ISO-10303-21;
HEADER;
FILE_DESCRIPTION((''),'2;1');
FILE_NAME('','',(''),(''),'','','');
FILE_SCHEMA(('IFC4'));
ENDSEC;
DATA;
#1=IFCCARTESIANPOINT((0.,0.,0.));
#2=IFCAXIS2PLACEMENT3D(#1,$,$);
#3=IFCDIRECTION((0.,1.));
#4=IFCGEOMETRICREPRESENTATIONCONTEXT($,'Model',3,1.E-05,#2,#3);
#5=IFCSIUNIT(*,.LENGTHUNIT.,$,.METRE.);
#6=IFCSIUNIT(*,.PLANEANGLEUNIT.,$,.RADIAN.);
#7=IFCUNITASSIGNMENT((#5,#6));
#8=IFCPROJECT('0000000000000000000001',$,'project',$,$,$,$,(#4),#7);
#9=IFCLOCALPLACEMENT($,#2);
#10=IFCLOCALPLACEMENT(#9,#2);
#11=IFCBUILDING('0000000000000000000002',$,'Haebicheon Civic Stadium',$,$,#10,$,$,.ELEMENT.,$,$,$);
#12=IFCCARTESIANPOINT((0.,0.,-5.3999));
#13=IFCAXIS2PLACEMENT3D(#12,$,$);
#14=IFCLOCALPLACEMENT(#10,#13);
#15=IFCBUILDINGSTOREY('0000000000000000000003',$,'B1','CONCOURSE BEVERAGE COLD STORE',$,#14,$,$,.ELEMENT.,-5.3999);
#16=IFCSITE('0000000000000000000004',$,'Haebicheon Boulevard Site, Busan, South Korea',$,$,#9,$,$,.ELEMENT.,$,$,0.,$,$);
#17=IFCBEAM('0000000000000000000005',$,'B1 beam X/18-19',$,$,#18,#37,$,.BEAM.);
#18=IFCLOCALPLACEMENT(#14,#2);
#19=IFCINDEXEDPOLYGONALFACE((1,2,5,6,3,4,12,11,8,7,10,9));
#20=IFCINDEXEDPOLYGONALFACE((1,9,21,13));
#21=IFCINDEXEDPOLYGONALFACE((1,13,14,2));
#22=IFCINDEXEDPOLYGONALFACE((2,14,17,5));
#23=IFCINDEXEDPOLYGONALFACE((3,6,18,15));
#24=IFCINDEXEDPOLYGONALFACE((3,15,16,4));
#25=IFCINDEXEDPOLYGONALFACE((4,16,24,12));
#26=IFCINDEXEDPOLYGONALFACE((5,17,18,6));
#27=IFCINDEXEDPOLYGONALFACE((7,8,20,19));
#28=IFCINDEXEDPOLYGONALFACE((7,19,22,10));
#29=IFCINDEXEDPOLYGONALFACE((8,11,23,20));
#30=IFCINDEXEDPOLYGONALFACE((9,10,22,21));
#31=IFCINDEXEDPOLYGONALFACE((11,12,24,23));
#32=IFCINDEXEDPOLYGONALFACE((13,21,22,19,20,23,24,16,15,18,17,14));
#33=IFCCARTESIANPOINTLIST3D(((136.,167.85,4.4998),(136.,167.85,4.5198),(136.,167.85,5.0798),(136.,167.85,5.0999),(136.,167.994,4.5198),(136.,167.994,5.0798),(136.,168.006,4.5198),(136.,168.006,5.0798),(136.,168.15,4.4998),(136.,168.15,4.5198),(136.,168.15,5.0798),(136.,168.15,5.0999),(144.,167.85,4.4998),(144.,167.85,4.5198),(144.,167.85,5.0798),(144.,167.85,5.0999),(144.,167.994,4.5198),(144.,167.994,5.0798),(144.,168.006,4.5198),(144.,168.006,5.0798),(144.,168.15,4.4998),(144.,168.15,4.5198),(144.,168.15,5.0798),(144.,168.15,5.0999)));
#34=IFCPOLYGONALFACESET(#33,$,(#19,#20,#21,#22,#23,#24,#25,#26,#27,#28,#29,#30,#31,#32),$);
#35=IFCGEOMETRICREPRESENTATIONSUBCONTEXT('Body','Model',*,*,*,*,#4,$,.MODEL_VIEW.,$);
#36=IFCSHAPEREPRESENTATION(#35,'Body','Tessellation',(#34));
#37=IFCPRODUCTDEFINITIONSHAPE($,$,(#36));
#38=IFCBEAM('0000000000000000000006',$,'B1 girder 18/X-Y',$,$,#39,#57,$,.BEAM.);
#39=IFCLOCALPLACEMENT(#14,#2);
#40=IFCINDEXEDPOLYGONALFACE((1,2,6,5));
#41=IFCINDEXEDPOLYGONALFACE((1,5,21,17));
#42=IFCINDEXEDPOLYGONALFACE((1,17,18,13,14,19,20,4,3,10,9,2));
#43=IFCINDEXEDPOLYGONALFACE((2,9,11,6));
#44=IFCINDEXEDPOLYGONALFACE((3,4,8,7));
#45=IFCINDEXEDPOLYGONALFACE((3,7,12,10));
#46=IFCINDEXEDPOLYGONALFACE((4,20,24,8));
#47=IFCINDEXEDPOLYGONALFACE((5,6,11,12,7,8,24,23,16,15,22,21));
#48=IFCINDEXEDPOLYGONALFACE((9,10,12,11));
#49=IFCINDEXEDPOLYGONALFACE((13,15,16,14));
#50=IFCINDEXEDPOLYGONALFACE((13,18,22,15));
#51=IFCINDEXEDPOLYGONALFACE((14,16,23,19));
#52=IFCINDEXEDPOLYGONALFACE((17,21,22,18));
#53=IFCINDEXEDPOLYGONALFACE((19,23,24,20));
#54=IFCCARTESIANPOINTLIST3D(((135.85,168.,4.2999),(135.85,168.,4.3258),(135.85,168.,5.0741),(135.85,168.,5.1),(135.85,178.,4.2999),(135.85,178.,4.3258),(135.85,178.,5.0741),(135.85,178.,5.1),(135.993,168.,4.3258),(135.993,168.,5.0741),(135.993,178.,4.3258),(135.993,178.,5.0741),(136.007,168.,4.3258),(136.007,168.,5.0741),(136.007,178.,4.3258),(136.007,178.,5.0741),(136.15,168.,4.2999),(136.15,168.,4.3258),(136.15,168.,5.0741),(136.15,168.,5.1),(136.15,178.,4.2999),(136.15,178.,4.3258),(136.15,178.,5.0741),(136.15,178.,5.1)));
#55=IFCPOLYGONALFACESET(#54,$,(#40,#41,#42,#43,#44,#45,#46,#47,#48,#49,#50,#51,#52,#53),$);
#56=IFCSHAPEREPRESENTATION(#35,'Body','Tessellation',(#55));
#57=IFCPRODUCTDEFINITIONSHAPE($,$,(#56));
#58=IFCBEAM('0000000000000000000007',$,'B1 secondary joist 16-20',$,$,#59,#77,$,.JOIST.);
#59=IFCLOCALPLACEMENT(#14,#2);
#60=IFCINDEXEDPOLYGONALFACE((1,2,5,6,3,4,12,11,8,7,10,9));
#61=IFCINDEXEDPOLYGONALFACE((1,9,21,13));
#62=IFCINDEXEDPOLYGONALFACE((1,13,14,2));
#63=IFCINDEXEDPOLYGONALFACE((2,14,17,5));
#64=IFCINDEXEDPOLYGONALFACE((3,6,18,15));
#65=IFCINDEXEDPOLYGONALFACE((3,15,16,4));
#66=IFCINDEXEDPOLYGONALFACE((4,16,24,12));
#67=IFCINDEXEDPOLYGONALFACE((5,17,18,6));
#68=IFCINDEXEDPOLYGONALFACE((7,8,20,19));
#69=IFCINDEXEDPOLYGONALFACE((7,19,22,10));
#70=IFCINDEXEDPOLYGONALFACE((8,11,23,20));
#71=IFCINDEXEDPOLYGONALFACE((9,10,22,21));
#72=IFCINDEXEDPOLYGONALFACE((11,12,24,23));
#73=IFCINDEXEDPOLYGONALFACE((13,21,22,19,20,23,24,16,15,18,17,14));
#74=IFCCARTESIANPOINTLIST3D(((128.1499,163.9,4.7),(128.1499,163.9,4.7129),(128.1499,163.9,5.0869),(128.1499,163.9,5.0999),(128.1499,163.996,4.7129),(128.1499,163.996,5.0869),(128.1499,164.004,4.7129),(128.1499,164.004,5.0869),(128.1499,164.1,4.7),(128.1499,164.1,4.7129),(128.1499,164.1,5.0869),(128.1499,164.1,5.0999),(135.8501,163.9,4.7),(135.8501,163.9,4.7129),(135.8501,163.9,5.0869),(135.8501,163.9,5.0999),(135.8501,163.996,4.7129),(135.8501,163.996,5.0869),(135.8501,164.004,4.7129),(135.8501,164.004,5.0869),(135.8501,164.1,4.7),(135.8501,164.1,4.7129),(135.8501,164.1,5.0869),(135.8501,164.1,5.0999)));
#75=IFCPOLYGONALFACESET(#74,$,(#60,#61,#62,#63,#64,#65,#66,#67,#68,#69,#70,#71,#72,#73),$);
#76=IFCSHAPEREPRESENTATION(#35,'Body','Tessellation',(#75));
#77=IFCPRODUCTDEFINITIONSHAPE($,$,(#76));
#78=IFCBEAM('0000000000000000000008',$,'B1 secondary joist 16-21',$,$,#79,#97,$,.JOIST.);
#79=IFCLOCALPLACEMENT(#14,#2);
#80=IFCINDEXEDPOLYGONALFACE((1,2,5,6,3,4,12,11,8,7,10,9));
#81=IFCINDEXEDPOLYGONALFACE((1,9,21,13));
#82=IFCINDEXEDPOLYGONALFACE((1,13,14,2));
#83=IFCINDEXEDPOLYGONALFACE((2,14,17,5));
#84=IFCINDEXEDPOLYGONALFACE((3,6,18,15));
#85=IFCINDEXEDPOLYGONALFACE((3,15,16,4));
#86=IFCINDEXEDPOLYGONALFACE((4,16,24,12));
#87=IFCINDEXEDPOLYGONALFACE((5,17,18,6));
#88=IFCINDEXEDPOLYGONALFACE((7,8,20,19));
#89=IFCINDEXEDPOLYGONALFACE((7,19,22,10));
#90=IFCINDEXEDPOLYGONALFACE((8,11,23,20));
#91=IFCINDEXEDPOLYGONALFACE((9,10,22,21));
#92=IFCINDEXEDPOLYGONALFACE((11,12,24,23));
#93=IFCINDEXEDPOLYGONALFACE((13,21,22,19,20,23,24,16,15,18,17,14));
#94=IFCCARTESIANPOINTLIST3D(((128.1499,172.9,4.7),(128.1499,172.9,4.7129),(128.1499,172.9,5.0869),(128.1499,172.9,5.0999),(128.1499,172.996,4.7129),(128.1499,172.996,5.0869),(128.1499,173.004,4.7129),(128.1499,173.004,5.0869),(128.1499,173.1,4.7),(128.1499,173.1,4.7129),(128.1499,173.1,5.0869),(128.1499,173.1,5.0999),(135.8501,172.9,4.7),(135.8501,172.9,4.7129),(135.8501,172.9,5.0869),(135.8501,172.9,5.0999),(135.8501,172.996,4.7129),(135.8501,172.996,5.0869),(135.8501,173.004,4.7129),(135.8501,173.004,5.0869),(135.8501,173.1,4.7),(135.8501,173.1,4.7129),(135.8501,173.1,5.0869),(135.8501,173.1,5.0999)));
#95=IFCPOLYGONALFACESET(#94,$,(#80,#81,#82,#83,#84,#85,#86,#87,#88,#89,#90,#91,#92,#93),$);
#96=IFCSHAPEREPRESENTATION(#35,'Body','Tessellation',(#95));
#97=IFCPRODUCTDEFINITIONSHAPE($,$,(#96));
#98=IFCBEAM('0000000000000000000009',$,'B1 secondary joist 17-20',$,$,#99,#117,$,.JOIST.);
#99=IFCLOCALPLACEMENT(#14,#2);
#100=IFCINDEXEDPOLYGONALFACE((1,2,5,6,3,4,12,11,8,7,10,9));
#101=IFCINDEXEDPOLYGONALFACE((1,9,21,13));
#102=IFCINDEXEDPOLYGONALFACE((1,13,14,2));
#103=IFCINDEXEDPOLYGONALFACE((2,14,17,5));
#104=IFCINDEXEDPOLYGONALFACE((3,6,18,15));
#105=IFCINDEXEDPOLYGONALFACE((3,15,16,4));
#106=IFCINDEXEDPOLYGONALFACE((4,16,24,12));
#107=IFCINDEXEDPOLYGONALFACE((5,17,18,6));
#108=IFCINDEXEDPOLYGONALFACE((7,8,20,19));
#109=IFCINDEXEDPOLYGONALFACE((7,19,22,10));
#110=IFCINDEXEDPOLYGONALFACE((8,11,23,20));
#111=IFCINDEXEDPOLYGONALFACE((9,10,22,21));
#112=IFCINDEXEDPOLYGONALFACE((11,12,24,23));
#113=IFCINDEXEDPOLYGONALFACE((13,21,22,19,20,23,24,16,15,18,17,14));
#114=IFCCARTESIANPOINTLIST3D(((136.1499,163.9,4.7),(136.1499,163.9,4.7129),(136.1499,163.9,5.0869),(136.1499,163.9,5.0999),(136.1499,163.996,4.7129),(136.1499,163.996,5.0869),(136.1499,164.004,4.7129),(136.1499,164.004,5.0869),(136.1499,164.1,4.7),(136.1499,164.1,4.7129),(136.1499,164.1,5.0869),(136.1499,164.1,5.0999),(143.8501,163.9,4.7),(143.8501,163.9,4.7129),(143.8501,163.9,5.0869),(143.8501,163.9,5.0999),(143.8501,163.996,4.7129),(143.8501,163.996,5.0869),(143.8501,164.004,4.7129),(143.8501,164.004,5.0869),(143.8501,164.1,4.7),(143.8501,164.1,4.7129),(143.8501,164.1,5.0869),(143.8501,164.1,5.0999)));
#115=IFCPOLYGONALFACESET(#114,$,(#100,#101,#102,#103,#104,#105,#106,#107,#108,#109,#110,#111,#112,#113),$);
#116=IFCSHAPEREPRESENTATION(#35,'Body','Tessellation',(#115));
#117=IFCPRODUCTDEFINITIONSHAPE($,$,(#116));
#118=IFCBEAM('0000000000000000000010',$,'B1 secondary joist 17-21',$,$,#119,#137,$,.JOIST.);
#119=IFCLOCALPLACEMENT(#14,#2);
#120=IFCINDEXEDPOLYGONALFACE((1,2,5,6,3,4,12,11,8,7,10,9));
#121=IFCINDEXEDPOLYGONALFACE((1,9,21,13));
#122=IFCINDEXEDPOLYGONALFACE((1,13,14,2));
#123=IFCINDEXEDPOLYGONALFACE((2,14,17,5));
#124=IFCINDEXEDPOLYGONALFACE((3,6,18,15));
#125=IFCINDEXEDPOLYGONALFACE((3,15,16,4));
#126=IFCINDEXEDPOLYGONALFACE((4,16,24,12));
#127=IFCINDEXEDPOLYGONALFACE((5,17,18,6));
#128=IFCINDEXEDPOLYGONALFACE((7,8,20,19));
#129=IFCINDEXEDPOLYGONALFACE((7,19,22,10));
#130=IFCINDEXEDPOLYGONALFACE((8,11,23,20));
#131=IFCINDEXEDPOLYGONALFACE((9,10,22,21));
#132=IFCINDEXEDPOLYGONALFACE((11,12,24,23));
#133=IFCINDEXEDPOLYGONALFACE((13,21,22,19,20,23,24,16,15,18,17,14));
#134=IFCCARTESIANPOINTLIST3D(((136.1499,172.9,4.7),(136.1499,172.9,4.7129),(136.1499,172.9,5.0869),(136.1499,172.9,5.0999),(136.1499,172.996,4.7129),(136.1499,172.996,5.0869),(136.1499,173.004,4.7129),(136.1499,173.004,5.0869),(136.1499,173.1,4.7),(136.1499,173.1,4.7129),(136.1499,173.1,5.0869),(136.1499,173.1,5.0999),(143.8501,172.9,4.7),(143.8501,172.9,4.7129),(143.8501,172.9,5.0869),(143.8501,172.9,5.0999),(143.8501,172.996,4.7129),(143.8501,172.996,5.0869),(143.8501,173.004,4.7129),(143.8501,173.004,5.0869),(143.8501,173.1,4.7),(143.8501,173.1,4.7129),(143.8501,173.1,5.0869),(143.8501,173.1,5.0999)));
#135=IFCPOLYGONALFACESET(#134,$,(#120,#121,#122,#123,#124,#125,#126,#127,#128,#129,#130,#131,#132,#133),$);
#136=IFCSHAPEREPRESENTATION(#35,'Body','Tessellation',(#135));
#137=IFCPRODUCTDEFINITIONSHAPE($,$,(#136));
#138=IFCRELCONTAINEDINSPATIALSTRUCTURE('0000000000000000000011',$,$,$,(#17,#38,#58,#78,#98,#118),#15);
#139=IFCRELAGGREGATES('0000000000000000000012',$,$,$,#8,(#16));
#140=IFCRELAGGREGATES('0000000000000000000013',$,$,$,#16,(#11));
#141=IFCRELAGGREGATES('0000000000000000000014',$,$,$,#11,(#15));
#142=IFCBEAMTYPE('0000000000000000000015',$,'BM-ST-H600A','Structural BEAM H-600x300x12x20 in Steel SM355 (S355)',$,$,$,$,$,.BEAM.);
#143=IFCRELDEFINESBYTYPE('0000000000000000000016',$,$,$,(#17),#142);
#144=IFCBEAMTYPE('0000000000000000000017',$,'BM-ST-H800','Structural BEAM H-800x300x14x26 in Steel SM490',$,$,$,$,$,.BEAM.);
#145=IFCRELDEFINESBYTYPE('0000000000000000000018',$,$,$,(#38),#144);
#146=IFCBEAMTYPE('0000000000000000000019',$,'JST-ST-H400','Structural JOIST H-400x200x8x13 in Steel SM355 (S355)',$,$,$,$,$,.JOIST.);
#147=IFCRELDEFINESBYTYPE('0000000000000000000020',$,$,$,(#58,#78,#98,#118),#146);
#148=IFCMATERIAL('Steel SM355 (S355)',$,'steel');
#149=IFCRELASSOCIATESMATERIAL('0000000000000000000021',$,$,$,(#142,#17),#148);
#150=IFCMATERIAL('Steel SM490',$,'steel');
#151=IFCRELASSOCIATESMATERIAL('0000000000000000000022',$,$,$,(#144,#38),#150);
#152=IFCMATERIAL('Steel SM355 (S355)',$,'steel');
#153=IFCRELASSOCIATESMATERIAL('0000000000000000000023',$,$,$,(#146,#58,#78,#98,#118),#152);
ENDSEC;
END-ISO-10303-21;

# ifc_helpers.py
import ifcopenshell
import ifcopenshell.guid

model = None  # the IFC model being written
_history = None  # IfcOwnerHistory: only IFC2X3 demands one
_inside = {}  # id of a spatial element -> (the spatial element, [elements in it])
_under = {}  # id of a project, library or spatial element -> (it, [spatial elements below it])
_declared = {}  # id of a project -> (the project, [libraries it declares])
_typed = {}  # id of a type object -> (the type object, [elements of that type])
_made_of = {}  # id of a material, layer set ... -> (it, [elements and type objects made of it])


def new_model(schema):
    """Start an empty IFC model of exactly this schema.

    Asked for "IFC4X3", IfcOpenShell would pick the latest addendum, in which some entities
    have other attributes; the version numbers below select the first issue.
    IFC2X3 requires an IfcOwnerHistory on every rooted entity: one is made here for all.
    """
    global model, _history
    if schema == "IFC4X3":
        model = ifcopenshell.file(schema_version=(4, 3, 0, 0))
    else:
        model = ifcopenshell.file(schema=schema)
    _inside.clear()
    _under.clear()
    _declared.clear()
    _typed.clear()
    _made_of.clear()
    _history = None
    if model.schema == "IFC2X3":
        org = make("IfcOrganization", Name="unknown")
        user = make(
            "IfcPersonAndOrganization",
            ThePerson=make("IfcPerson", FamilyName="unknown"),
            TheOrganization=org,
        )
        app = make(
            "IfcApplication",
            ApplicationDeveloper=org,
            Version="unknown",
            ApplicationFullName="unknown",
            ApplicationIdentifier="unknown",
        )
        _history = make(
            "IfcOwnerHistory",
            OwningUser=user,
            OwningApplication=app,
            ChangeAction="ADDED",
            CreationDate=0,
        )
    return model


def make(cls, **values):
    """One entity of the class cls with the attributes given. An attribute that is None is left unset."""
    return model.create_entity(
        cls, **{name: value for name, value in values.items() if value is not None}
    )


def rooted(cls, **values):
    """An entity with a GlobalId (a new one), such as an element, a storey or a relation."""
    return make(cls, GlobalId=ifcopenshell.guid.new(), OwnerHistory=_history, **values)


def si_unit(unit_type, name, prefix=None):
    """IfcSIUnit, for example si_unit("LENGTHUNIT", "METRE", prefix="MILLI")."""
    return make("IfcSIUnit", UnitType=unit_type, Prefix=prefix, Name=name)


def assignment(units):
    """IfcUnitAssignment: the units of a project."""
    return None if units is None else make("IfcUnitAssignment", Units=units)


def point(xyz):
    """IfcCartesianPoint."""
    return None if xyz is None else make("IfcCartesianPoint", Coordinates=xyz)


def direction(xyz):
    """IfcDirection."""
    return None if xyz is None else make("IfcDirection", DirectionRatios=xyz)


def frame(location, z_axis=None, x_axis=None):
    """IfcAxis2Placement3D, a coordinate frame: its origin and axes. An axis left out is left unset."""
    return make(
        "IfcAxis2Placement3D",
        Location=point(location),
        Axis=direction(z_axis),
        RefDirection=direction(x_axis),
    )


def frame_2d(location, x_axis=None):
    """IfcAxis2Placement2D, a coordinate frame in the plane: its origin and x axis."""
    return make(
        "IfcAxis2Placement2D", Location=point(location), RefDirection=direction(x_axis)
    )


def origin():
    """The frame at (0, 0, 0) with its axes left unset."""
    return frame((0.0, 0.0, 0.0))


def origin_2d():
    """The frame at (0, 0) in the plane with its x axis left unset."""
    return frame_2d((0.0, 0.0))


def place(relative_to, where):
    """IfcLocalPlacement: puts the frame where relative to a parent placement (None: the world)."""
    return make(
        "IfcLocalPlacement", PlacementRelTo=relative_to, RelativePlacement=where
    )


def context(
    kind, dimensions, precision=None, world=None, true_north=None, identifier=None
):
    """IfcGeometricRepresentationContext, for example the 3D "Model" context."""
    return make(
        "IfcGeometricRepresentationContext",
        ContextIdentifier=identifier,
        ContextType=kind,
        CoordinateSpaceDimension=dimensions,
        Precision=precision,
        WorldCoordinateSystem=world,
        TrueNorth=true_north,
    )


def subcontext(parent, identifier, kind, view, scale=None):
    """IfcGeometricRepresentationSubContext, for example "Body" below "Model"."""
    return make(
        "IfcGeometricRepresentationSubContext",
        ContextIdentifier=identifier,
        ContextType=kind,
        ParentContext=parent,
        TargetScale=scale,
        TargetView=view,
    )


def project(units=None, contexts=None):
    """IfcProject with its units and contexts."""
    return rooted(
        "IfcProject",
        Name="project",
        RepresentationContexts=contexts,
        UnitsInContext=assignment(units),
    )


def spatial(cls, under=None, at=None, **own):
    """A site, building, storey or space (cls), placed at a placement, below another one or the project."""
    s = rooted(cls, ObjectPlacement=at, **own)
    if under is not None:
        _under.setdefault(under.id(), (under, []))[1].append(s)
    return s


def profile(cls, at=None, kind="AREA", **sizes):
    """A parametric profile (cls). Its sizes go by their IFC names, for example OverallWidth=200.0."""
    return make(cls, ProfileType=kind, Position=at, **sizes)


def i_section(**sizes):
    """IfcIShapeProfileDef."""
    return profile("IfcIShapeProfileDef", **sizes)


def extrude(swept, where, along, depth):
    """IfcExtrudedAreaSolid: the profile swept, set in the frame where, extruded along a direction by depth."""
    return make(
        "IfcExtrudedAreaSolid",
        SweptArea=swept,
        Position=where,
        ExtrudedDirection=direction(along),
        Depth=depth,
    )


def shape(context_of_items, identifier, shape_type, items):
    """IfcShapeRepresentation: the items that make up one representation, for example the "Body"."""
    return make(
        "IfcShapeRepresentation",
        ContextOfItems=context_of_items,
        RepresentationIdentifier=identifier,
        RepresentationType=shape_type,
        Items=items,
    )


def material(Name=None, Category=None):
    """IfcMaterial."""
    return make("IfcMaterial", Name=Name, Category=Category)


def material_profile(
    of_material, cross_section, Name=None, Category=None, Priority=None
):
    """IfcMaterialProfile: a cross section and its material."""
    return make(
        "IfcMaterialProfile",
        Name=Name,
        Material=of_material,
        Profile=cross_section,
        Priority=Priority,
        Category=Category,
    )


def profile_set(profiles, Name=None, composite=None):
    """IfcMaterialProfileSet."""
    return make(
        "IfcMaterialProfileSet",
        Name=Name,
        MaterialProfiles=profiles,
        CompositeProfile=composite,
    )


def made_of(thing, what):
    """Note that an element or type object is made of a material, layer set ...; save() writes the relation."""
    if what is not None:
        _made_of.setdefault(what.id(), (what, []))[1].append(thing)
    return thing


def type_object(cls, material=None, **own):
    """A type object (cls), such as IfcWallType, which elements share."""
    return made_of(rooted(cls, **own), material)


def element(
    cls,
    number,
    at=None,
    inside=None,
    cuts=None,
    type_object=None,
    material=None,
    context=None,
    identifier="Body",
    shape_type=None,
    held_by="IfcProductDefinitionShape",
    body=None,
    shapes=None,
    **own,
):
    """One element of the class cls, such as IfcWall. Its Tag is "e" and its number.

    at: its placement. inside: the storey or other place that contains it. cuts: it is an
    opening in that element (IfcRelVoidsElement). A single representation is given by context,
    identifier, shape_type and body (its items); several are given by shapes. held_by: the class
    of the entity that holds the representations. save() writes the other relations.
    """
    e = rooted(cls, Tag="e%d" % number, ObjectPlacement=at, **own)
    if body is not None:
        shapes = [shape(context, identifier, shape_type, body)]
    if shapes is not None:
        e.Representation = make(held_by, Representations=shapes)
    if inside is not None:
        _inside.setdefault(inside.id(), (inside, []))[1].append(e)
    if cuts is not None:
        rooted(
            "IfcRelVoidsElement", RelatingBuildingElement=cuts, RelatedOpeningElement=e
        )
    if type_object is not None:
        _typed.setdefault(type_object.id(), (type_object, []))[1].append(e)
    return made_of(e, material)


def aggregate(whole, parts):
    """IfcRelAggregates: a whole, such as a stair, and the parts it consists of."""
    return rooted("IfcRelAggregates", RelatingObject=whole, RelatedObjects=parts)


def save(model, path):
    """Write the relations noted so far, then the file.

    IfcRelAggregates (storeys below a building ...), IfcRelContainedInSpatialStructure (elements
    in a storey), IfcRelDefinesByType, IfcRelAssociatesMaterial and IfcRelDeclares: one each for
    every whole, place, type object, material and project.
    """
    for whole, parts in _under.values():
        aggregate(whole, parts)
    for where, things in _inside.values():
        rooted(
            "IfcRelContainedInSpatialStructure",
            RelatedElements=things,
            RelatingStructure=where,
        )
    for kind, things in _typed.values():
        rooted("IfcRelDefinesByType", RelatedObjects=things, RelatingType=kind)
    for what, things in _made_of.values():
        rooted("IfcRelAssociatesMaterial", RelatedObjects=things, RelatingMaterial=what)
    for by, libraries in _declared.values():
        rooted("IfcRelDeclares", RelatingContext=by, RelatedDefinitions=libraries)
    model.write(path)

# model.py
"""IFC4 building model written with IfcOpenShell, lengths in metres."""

from ifc_helpers import new_model, si_unit, direction, frame, origin, origin_2d, place, context, subcontext, project, spatial, i_section, extrude, material, material_profile, profile_set, type_object, element, save


model = new_model("IFC4")

# Units and contexts
model_context = context("Model", 3, precision=1e-05, world=origin(), true_north=direction((0.0, 1.0)))
body_context = subcontext(model_context, "Body", "Model", "MODEL_VIEW")
ifc_project = project(units=[si_unit("LENGTHUNIT", "METRE"), si_unit("PLANEANGLEUNIT", "RADIAN")], contexts=[model_context])

# Site, building, storey
site_placement = place(None, origin())
site = spatial("IfcSite", under=ifc_project, at=site_placement, Name="Haebicheon Boulevard Site, Busan, South Korea", CompositionType="ELEMENT", RefElevation=0.0)
building_placement = place(site_placement, origin())
building = spatial("IfcBuilding", under=site, at=building_placement, Name="Haebicheon Civic Stadium", CompositionType="ELEMENT")
storey_placement = place(building_placement, frame((0.0, 0.0, -5.3999)))
storey = spatial("IfcBuildingStorey", under=building, at=storey_placement, Name="B1", Description="CONCOURSE BEVERAGE COLD STORE", CompositionType="ELEMENT", Elevation=-5.3999)

# Beams
ifc_material_1 = material(Name="Steel SM355 (S355)", Category="steel")
ifc_material_profile_1 = material_profile(ifc_material_1, i_section(OverallWidth=0.3, OverallDepth=0.6001, WebThickness=0.012, FlangeThickness=0.02, at=origin_2d()), Name="H-600x300x12x20")
ifc_profile_set_1 = profile_set([ifc_material_profile_1], Name="Steel SM355 (S355)")
beam_type_1 = type_object("IfcBeamType", Name="BM-ST-H600A", Description="Structural BEAM H-600x300x12x20 in Steel SM355 (S355)", PredefinedType="BEAM", material=ifc_profile_set_1)
beam_1_placement = place(storey_placement, frame((136.0, 168.0, 4.7998), z_axis=(1.0, 0.0, 0.0), x_axis=(0.0, 1.0, 0.0)))
element("IfcBeam", 1, at=beam_1_placement, inside=storey, type_object=beam_type_1, material=ifc_profile_set_1, Name="B1 beam X/18-19", PredefinedType="BEAM", context=body_context, shape_type="SweptSolid", body=[
    extrude(i_section(OverallWidth=0.3, OverallDepth=0.6001, WebThickness=0.012, FlangeThickness=0.02, at=origin_2d()), origin(), (0.0, 0.0, 1.0), 8.0),
])
ifc_material_2 = material(Name="Steel SM490", Category="steel")
ifc_material_profile_2 = material_profile(ifc_material_2, i_section(OverallWidth=0.3, OverallDepth=0.8, WebThickness=0.0139, FlangeThickness=0.0259, at=origin_2d()), Name="H-800x300x14x26")
ifc_profile_set_2 = profile_set([ifc_material_profile_2], Name="Steel SM490")
beam_type_2 = type_object("IfcBeamType", Name="BM-ST-H800", Description="Structural BEAM H-800x300x14x26 in Steel SM490", PredefinedType="BEAM", material=ifc_profile_set_2)
beam_2_placement = place(storey_placement, frame((136.0, 168.0, 4.7), z_axis=(0.0, 1.0, 0.0), x_axis=(-1.0, 0.0, 0.0)))
element("IfcBeam", 2, at=beam_2_placement, inside=storey, type_object=beam_type_2, material=ifc_profile_set_2, Name="B1 girder 18/X-Y", PredefinedType="BEAM", context=body_context, shape_type="SweptSolid", body=[
    extrude(i_section(OverallWidth=0.3, OverallDepth=0.8, WebThickness=0.0139, FlangeThickness=0.0259, at=origin_2d()), origin(), (0.0, 0.0, 1.0), 10.0),
])
ifc_material_3 = material(Name="Steel SM355 (S355)", Category="steel")
ifc_material_profile_3 = material_profile(ifc_material_3, i_section(OverallWidth=0.2, OverallDepth=0.3999, WebThickness=0.0081, FlangeThickness=0.0129, at=origin_2d()), Name="H-400x200x8x13")
ifc_profile_set_3 = profile_set([ifc_material_profile_3], Name="Steel SM355 (S355)")
beam_type_3 = type_object("IfcBeamType", Name="JST-ST-H400", Description="Structural JOIST H-400x200x8x13 in Steel SM355 (S355)", PredefinedType="JOIST", material=ifc_profile_set_3)
for number, where, z_axis, x_axis, name in (
    (3, (128.1499, 164.0, 4.8999), (1.0, 0.0, 0.0), (0.0, 1.0, 0.0), "B1 secondary joist 16-20"),
    (4, (128.1499, 173.0, 4.8999), (1.0, 0.0, 0.0), (0.0, 1.0, 0.0), "B1 secondary joist 16-21"),
    (5, (136.1499, 164.0, 4.8999), (1.0, 0.0, 0.0), (0.0, 1.0, 0.0), "B1 secondary joist 17-20"),
    (6, (136.1499, 173.0, 4.8999), (1.0, 0.0, 0.0), (0.0, 1.0, 0.0), "B1 secondary joist 17-21"),
):
    element("IfcBeam", number, at=place(storey_placement, frame(where, z_axis=z_axis, x_axis=x_axis)), inside=storey, type_object=beam_type_3, material=ifc_profile_set_3, Name=name, PredefinedType="JOIST", context=body_context, shape_type="SweptSolid", body=[
        extrude(i_section(OverallWidth=0.2, OverallDepth=0.3999, WebThickness=0.0081, FlangeThickness=0.0129, at=origin_2d()), origin(), (0.0, 0.0, 1.0), 7.7002),
    ])

save(model, "model.ifc")
